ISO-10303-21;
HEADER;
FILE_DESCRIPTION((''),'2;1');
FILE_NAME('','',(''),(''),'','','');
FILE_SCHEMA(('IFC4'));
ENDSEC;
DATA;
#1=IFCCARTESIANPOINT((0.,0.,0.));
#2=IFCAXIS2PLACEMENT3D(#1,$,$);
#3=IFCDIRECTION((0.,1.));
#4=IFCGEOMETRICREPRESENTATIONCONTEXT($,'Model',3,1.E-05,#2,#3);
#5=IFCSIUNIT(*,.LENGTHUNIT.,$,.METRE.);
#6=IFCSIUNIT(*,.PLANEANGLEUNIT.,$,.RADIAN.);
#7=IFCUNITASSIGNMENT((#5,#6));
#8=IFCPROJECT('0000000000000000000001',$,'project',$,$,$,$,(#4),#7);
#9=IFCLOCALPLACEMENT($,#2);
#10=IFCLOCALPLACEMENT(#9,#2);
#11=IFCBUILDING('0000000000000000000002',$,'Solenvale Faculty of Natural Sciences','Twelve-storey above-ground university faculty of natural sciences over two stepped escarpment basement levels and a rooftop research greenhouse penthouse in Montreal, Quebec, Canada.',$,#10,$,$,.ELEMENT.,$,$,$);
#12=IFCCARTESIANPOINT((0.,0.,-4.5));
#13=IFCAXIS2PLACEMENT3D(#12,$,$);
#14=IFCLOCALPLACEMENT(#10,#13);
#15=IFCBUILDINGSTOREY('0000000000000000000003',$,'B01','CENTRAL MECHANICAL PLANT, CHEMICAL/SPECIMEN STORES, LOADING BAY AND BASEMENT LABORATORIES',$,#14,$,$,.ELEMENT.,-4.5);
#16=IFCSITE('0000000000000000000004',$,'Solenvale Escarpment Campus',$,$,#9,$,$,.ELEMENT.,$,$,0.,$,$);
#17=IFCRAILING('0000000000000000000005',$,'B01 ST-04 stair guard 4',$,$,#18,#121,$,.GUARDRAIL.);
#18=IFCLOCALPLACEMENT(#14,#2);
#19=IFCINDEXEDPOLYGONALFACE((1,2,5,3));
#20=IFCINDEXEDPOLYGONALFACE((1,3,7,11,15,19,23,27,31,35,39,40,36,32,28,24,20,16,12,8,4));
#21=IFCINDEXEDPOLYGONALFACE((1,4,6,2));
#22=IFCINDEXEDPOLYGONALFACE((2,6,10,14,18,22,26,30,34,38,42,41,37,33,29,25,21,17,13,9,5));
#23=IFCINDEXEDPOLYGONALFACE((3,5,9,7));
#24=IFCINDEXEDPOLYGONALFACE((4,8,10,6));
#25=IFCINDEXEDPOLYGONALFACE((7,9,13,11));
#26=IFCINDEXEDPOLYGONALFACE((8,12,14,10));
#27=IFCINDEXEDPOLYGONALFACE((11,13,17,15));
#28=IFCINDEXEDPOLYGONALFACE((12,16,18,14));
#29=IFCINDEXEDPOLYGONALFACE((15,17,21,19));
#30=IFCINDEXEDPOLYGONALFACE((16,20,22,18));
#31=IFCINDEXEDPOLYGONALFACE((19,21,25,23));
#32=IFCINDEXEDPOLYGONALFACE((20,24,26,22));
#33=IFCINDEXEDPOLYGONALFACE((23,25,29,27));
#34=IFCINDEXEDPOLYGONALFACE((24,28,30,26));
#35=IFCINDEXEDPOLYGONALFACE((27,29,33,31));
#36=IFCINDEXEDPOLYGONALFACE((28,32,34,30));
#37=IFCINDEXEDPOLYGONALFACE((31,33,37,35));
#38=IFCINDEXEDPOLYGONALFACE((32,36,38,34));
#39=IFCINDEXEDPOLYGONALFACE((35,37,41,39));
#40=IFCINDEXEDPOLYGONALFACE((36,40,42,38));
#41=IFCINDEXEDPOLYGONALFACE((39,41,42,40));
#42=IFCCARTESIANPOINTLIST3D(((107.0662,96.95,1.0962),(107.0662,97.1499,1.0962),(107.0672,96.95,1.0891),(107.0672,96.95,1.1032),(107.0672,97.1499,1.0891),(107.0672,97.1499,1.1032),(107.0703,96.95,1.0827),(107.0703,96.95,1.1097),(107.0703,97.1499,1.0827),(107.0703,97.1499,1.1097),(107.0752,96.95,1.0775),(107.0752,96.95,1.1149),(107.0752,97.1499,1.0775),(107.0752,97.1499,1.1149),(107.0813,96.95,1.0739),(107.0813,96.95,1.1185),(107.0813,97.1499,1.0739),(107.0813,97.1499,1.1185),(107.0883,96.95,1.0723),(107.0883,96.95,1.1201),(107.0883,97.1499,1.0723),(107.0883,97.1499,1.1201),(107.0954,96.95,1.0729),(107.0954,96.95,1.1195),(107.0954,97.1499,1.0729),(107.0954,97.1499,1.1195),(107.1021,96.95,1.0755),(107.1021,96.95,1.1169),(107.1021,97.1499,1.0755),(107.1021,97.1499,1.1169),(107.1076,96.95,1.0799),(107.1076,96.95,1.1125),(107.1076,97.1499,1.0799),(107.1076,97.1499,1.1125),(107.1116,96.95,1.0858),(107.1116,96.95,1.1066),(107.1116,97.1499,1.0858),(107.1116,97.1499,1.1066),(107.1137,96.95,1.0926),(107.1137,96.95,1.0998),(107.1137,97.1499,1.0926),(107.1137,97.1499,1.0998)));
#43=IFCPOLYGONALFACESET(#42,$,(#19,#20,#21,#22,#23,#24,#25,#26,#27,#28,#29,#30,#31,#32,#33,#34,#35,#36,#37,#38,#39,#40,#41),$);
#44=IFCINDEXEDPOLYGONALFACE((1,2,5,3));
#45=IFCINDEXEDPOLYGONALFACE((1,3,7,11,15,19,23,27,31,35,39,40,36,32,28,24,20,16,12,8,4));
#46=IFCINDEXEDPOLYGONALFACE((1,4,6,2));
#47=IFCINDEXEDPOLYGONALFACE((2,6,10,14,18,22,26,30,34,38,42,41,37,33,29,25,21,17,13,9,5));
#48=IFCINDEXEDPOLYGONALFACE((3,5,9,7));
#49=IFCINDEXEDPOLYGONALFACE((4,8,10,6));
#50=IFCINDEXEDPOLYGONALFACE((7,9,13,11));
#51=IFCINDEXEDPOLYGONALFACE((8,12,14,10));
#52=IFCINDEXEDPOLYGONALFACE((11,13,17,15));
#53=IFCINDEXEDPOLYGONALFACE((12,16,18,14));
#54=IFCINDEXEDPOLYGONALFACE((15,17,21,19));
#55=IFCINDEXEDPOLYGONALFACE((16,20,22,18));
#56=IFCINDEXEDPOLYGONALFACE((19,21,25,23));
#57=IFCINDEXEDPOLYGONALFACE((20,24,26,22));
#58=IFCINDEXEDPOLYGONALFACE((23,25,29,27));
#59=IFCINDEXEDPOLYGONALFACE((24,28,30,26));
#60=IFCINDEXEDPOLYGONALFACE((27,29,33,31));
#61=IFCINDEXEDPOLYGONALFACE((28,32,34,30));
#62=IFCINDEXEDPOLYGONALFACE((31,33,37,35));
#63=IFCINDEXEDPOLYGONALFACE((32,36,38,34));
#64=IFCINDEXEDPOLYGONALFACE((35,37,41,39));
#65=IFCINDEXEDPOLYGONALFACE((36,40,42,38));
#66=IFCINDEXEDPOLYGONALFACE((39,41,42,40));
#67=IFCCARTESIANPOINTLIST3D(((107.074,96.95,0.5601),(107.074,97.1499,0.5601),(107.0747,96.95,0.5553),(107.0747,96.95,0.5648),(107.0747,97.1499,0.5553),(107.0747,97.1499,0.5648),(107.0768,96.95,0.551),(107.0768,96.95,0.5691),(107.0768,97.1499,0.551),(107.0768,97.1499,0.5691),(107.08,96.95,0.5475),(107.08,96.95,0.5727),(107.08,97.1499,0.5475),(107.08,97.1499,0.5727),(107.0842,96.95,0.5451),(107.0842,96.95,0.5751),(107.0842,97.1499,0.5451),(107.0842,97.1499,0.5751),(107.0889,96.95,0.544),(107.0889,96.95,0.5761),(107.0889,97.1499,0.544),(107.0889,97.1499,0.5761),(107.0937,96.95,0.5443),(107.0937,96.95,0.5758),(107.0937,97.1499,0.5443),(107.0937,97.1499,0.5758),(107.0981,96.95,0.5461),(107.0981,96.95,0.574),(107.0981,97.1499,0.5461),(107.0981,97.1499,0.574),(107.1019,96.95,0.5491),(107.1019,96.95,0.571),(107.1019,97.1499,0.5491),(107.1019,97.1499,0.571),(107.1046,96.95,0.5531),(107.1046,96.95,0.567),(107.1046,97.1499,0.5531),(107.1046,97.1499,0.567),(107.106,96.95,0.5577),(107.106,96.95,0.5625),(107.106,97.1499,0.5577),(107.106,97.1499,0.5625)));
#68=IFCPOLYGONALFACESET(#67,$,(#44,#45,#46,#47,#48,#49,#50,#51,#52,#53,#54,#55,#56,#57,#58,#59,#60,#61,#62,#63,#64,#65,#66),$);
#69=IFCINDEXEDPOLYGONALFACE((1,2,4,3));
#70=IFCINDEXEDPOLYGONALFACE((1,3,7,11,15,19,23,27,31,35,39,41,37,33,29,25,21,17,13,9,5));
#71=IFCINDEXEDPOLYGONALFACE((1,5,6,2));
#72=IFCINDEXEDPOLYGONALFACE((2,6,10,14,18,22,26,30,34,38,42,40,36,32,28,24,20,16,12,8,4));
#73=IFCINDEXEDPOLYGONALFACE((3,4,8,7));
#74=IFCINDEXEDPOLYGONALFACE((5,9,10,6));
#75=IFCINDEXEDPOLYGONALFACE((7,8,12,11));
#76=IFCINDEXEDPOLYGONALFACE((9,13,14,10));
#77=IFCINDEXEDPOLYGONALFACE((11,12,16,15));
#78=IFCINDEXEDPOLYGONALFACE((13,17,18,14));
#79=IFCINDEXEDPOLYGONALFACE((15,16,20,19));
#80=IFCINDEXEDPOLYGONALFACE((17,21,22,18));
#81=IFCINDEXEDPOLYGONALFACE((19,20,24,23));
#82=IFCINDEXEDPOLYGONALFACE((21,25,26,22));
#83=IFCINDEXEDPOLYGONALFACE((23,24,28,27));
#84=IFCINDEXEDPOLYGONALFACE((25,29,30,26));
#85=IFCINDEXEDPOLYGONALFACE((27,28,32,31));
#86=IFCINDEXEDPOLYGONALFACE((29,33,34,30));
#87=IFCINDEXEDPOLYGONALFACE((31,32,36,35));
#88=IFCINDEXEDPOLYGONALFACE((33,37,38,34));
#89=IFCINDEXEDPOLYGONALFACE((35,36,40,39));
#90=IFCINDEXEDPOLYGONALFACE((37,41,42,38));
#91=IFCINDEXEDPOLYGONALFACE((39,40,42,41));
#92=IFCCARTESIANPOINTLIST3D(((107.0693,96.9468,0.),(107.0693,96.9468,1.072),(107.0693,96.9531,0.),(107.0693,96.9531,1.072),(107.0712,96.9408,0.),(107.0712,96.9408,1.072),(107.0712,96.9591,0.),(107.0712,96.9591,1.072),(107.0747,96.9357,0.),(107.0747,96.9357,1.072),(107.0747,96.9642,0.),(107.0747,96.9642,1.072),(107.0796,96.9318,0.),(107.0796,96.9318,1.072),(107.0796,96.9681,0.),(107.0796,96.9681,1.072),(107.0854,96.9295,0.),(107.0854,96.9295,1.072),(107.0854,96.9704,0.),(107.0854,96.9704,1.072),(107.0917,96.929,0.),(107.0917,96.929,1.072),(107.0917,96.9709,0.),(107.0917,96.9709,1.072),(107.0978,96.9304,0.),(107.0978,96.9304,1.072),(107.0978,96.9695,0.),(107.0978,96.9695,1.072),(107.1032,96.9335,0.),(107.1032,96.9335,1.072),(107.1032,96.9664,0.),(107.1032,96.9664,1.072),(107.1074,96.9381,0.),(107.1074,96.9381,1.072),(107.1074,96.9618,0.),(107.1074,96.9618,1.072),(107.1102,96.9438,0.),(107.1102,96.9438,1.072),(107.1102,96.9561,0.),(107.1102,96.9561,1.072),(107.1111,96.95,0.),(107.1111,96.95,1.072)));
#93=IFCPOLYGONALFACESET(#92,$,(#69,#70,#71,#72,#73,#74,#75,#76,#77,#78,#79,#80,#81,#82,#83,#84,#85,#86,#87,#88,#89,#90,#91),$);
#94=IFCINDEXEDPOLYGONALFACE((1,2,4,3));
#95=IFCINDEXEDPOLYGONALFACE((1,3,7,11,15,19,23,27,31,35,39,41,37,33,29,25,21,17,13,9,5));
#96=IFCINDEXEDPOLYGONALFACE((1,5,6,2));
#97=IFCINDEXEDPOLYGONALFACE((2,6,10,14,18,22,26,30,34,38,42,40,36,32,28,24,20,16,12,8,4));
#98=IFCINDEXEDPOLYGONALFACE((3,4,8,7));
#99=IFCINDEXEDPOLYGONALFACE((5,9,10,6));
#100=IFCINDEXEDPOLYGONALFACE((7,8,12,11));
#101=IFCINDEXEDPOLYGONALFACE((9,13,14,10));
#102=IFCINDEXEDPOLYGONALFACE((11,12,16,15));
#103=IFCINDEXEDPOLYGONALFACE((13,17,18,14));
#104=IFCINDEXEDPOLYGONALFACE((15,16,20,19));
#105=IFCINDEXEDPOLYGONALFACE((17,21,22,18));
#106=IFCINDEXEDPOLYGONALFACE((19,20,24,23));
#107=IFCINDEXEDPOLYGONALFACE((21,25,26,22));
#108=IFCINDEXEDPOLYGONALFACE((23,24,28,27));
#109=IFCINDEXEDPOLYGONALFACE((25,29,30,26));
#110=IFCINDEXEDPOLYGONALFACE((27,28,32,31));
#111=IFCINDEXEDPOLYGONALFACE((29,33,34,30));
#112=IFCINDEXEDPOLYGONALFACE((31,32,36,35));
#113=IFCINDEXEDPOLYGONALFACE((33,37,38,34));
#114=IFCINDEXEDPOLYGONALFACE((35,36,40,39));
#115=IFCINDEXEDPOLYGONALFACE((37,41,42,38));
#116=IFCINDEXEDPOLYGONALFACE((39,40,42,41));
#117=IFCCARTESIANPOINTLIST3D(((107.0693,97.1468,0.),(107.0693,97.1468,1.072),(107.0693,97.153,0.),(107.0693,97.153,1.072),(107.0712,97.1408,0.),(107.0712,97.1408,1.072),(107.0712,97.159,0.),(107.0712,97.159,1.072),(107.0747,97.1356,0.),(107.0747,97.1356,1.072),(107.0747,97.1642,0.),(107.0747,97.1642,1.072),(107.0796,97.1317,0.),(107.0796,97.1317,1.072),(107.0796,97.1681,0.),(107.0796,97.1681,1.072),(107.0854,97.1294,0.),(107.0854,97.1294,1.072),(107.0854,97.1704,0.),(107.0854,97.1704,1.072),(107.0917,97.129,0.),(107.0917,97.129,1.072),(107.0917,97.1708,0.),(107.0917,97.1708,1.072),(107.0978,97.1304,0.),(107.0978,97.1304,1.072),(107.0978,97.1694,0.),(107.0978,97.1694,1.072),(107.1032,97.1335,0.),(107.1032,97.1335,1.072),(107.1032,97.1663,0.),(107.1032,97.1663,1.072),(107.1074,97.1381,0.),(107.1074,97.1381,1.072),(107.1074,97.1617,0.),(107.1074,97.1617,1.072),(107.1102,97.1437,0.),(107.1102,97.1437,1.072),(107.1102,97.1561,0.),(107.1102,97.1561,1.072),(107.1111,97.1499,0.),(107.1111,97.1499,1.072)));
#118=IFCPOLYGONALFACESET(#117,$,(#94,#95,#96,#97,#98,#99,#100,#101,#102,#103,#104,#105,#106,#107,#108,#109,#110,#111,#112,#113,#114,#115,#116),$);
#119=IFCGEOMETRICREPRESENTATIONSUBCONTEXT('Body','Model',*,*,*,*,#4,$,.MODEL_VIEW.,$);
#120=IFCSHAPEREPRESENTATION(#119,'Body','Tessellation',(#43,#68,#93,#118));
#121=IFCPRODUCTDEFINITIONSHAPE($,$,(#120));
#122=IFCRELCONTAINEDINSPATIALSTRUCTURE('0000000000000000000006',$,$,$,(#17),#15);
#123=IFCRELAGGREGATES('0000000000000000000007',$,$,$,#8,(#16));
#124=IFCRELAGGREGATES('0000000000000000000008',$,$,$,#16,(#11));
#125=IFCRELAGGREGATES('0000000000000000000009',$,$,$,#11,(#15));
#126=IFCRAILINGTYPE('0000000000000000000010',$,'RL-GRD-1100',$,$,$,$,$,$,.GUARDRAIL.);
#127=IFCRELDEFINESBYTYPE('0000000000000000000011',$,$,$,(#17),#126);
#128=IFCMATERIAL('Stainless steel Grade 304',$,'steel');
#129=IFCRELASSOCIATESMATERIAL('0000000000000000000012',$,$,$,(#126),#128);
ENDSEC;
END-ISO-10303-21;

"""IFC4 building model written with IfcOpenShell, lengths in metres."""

from ifc_helpers import new_model, si_unit, direction, frame, origin, origin_2d, place, context, subcontext, project, spatial, circle, extrude, material, type_object, element, save


model = new_model("IFC4")

# Units and contexts
model_context = context("Model", 3, precision=1e-05, world=origin(), true_north=direction((0.0, 1.0)))
body_context = subcontext(model_context, "Body", "Model", "MODEL_VIEW")
ifc_project = project(units=[si_unit("LENGTHUNIT", "METRE"), si_unit("PLANEANGLEUNIT", "RADIAN")], contexts=[model_context])

# Site, building, storey
site_placement = place(None, origin())
site = spatial("IfcSite", under=ifc_project, at=site_placement, Name="Solenvale Escarpment Campus", CompositionType="ELEMENT", RefElevation=0.0)
building_placement = place(site_placement, origin())
building = spatial("IfcBuilding", under=site, at=building_placement, Name="Solenvale Faculty of Natural Sciences", Description="Twelve-storey above-ground university faculty of natural sciences over two stepped escarpment basement levels and a rooftop research greenhouse penthouse in Montreal, Quebec, Canada.", CompositionType="ELEMENT")
storey_placement = place(building_placement, frame((0.0, 0.0, -4.5)))
storey = spatial("IfcBuildingStorey", under=building, at=storey_placement, Name="B01", Description="CENTRAL MECHANICAL PLANT, CHEMICAL/SPECIMEN STORES, LOADING BAY AND BASEMENT LABORATORIES", CompositionType="ELEMENT", Elevation=-4.5)

# Railing
ifc_material_1 = material(Name="Stainless steel Grade 304", Category="steel")
railing_type_1 = type_object("IfcRailingType", Name="RL-GRD-1100", PredefinedType="GUARDRAIL", material=ifc_material_1)
railing_1_placement = place(storey_placement, frame((107.0901, 96.95, 0.0)))
element("IfcRailing", 1, at=railing_1_placement, inside=storey, type_object=railing_type_1, Name="B01 ST-04 stair guard 4", PredefinedType="GUARDRAIL", context=body_context, shape_type="SweptSolid", body=[
    extrude(circle(Radius=0.0239, at=origin_2d()), frame((0.0, 0.0, 1.0962), z_axis=(0.0, 1.0, 0.0), x_axis=(-1.0, 0.0, 0.0)), (0.0, 0.0, 1.0), 0.2),
    extrude(circle(Radius=0.0161, at=origin_2d()), frame((0.0, 0.0, 0.5601), z_axis=(0.0, 1.0, 0.0), x_axis=(-1.0, 0.0, 0.0)), (0.0, 0.0, 1.0), 0.2),
    extrude(circle(Radius=0.021, at=origin_2d()), origin(), (0.0, 0.0, 1.0), 1.072),
    extrude(circle(Radius=0.021, at=origin_2d()), frame((0.0, 0.2, 0.0)), (0.0, 0.0, 1.0), 1.072),
])

save(model, "model.ifc")
